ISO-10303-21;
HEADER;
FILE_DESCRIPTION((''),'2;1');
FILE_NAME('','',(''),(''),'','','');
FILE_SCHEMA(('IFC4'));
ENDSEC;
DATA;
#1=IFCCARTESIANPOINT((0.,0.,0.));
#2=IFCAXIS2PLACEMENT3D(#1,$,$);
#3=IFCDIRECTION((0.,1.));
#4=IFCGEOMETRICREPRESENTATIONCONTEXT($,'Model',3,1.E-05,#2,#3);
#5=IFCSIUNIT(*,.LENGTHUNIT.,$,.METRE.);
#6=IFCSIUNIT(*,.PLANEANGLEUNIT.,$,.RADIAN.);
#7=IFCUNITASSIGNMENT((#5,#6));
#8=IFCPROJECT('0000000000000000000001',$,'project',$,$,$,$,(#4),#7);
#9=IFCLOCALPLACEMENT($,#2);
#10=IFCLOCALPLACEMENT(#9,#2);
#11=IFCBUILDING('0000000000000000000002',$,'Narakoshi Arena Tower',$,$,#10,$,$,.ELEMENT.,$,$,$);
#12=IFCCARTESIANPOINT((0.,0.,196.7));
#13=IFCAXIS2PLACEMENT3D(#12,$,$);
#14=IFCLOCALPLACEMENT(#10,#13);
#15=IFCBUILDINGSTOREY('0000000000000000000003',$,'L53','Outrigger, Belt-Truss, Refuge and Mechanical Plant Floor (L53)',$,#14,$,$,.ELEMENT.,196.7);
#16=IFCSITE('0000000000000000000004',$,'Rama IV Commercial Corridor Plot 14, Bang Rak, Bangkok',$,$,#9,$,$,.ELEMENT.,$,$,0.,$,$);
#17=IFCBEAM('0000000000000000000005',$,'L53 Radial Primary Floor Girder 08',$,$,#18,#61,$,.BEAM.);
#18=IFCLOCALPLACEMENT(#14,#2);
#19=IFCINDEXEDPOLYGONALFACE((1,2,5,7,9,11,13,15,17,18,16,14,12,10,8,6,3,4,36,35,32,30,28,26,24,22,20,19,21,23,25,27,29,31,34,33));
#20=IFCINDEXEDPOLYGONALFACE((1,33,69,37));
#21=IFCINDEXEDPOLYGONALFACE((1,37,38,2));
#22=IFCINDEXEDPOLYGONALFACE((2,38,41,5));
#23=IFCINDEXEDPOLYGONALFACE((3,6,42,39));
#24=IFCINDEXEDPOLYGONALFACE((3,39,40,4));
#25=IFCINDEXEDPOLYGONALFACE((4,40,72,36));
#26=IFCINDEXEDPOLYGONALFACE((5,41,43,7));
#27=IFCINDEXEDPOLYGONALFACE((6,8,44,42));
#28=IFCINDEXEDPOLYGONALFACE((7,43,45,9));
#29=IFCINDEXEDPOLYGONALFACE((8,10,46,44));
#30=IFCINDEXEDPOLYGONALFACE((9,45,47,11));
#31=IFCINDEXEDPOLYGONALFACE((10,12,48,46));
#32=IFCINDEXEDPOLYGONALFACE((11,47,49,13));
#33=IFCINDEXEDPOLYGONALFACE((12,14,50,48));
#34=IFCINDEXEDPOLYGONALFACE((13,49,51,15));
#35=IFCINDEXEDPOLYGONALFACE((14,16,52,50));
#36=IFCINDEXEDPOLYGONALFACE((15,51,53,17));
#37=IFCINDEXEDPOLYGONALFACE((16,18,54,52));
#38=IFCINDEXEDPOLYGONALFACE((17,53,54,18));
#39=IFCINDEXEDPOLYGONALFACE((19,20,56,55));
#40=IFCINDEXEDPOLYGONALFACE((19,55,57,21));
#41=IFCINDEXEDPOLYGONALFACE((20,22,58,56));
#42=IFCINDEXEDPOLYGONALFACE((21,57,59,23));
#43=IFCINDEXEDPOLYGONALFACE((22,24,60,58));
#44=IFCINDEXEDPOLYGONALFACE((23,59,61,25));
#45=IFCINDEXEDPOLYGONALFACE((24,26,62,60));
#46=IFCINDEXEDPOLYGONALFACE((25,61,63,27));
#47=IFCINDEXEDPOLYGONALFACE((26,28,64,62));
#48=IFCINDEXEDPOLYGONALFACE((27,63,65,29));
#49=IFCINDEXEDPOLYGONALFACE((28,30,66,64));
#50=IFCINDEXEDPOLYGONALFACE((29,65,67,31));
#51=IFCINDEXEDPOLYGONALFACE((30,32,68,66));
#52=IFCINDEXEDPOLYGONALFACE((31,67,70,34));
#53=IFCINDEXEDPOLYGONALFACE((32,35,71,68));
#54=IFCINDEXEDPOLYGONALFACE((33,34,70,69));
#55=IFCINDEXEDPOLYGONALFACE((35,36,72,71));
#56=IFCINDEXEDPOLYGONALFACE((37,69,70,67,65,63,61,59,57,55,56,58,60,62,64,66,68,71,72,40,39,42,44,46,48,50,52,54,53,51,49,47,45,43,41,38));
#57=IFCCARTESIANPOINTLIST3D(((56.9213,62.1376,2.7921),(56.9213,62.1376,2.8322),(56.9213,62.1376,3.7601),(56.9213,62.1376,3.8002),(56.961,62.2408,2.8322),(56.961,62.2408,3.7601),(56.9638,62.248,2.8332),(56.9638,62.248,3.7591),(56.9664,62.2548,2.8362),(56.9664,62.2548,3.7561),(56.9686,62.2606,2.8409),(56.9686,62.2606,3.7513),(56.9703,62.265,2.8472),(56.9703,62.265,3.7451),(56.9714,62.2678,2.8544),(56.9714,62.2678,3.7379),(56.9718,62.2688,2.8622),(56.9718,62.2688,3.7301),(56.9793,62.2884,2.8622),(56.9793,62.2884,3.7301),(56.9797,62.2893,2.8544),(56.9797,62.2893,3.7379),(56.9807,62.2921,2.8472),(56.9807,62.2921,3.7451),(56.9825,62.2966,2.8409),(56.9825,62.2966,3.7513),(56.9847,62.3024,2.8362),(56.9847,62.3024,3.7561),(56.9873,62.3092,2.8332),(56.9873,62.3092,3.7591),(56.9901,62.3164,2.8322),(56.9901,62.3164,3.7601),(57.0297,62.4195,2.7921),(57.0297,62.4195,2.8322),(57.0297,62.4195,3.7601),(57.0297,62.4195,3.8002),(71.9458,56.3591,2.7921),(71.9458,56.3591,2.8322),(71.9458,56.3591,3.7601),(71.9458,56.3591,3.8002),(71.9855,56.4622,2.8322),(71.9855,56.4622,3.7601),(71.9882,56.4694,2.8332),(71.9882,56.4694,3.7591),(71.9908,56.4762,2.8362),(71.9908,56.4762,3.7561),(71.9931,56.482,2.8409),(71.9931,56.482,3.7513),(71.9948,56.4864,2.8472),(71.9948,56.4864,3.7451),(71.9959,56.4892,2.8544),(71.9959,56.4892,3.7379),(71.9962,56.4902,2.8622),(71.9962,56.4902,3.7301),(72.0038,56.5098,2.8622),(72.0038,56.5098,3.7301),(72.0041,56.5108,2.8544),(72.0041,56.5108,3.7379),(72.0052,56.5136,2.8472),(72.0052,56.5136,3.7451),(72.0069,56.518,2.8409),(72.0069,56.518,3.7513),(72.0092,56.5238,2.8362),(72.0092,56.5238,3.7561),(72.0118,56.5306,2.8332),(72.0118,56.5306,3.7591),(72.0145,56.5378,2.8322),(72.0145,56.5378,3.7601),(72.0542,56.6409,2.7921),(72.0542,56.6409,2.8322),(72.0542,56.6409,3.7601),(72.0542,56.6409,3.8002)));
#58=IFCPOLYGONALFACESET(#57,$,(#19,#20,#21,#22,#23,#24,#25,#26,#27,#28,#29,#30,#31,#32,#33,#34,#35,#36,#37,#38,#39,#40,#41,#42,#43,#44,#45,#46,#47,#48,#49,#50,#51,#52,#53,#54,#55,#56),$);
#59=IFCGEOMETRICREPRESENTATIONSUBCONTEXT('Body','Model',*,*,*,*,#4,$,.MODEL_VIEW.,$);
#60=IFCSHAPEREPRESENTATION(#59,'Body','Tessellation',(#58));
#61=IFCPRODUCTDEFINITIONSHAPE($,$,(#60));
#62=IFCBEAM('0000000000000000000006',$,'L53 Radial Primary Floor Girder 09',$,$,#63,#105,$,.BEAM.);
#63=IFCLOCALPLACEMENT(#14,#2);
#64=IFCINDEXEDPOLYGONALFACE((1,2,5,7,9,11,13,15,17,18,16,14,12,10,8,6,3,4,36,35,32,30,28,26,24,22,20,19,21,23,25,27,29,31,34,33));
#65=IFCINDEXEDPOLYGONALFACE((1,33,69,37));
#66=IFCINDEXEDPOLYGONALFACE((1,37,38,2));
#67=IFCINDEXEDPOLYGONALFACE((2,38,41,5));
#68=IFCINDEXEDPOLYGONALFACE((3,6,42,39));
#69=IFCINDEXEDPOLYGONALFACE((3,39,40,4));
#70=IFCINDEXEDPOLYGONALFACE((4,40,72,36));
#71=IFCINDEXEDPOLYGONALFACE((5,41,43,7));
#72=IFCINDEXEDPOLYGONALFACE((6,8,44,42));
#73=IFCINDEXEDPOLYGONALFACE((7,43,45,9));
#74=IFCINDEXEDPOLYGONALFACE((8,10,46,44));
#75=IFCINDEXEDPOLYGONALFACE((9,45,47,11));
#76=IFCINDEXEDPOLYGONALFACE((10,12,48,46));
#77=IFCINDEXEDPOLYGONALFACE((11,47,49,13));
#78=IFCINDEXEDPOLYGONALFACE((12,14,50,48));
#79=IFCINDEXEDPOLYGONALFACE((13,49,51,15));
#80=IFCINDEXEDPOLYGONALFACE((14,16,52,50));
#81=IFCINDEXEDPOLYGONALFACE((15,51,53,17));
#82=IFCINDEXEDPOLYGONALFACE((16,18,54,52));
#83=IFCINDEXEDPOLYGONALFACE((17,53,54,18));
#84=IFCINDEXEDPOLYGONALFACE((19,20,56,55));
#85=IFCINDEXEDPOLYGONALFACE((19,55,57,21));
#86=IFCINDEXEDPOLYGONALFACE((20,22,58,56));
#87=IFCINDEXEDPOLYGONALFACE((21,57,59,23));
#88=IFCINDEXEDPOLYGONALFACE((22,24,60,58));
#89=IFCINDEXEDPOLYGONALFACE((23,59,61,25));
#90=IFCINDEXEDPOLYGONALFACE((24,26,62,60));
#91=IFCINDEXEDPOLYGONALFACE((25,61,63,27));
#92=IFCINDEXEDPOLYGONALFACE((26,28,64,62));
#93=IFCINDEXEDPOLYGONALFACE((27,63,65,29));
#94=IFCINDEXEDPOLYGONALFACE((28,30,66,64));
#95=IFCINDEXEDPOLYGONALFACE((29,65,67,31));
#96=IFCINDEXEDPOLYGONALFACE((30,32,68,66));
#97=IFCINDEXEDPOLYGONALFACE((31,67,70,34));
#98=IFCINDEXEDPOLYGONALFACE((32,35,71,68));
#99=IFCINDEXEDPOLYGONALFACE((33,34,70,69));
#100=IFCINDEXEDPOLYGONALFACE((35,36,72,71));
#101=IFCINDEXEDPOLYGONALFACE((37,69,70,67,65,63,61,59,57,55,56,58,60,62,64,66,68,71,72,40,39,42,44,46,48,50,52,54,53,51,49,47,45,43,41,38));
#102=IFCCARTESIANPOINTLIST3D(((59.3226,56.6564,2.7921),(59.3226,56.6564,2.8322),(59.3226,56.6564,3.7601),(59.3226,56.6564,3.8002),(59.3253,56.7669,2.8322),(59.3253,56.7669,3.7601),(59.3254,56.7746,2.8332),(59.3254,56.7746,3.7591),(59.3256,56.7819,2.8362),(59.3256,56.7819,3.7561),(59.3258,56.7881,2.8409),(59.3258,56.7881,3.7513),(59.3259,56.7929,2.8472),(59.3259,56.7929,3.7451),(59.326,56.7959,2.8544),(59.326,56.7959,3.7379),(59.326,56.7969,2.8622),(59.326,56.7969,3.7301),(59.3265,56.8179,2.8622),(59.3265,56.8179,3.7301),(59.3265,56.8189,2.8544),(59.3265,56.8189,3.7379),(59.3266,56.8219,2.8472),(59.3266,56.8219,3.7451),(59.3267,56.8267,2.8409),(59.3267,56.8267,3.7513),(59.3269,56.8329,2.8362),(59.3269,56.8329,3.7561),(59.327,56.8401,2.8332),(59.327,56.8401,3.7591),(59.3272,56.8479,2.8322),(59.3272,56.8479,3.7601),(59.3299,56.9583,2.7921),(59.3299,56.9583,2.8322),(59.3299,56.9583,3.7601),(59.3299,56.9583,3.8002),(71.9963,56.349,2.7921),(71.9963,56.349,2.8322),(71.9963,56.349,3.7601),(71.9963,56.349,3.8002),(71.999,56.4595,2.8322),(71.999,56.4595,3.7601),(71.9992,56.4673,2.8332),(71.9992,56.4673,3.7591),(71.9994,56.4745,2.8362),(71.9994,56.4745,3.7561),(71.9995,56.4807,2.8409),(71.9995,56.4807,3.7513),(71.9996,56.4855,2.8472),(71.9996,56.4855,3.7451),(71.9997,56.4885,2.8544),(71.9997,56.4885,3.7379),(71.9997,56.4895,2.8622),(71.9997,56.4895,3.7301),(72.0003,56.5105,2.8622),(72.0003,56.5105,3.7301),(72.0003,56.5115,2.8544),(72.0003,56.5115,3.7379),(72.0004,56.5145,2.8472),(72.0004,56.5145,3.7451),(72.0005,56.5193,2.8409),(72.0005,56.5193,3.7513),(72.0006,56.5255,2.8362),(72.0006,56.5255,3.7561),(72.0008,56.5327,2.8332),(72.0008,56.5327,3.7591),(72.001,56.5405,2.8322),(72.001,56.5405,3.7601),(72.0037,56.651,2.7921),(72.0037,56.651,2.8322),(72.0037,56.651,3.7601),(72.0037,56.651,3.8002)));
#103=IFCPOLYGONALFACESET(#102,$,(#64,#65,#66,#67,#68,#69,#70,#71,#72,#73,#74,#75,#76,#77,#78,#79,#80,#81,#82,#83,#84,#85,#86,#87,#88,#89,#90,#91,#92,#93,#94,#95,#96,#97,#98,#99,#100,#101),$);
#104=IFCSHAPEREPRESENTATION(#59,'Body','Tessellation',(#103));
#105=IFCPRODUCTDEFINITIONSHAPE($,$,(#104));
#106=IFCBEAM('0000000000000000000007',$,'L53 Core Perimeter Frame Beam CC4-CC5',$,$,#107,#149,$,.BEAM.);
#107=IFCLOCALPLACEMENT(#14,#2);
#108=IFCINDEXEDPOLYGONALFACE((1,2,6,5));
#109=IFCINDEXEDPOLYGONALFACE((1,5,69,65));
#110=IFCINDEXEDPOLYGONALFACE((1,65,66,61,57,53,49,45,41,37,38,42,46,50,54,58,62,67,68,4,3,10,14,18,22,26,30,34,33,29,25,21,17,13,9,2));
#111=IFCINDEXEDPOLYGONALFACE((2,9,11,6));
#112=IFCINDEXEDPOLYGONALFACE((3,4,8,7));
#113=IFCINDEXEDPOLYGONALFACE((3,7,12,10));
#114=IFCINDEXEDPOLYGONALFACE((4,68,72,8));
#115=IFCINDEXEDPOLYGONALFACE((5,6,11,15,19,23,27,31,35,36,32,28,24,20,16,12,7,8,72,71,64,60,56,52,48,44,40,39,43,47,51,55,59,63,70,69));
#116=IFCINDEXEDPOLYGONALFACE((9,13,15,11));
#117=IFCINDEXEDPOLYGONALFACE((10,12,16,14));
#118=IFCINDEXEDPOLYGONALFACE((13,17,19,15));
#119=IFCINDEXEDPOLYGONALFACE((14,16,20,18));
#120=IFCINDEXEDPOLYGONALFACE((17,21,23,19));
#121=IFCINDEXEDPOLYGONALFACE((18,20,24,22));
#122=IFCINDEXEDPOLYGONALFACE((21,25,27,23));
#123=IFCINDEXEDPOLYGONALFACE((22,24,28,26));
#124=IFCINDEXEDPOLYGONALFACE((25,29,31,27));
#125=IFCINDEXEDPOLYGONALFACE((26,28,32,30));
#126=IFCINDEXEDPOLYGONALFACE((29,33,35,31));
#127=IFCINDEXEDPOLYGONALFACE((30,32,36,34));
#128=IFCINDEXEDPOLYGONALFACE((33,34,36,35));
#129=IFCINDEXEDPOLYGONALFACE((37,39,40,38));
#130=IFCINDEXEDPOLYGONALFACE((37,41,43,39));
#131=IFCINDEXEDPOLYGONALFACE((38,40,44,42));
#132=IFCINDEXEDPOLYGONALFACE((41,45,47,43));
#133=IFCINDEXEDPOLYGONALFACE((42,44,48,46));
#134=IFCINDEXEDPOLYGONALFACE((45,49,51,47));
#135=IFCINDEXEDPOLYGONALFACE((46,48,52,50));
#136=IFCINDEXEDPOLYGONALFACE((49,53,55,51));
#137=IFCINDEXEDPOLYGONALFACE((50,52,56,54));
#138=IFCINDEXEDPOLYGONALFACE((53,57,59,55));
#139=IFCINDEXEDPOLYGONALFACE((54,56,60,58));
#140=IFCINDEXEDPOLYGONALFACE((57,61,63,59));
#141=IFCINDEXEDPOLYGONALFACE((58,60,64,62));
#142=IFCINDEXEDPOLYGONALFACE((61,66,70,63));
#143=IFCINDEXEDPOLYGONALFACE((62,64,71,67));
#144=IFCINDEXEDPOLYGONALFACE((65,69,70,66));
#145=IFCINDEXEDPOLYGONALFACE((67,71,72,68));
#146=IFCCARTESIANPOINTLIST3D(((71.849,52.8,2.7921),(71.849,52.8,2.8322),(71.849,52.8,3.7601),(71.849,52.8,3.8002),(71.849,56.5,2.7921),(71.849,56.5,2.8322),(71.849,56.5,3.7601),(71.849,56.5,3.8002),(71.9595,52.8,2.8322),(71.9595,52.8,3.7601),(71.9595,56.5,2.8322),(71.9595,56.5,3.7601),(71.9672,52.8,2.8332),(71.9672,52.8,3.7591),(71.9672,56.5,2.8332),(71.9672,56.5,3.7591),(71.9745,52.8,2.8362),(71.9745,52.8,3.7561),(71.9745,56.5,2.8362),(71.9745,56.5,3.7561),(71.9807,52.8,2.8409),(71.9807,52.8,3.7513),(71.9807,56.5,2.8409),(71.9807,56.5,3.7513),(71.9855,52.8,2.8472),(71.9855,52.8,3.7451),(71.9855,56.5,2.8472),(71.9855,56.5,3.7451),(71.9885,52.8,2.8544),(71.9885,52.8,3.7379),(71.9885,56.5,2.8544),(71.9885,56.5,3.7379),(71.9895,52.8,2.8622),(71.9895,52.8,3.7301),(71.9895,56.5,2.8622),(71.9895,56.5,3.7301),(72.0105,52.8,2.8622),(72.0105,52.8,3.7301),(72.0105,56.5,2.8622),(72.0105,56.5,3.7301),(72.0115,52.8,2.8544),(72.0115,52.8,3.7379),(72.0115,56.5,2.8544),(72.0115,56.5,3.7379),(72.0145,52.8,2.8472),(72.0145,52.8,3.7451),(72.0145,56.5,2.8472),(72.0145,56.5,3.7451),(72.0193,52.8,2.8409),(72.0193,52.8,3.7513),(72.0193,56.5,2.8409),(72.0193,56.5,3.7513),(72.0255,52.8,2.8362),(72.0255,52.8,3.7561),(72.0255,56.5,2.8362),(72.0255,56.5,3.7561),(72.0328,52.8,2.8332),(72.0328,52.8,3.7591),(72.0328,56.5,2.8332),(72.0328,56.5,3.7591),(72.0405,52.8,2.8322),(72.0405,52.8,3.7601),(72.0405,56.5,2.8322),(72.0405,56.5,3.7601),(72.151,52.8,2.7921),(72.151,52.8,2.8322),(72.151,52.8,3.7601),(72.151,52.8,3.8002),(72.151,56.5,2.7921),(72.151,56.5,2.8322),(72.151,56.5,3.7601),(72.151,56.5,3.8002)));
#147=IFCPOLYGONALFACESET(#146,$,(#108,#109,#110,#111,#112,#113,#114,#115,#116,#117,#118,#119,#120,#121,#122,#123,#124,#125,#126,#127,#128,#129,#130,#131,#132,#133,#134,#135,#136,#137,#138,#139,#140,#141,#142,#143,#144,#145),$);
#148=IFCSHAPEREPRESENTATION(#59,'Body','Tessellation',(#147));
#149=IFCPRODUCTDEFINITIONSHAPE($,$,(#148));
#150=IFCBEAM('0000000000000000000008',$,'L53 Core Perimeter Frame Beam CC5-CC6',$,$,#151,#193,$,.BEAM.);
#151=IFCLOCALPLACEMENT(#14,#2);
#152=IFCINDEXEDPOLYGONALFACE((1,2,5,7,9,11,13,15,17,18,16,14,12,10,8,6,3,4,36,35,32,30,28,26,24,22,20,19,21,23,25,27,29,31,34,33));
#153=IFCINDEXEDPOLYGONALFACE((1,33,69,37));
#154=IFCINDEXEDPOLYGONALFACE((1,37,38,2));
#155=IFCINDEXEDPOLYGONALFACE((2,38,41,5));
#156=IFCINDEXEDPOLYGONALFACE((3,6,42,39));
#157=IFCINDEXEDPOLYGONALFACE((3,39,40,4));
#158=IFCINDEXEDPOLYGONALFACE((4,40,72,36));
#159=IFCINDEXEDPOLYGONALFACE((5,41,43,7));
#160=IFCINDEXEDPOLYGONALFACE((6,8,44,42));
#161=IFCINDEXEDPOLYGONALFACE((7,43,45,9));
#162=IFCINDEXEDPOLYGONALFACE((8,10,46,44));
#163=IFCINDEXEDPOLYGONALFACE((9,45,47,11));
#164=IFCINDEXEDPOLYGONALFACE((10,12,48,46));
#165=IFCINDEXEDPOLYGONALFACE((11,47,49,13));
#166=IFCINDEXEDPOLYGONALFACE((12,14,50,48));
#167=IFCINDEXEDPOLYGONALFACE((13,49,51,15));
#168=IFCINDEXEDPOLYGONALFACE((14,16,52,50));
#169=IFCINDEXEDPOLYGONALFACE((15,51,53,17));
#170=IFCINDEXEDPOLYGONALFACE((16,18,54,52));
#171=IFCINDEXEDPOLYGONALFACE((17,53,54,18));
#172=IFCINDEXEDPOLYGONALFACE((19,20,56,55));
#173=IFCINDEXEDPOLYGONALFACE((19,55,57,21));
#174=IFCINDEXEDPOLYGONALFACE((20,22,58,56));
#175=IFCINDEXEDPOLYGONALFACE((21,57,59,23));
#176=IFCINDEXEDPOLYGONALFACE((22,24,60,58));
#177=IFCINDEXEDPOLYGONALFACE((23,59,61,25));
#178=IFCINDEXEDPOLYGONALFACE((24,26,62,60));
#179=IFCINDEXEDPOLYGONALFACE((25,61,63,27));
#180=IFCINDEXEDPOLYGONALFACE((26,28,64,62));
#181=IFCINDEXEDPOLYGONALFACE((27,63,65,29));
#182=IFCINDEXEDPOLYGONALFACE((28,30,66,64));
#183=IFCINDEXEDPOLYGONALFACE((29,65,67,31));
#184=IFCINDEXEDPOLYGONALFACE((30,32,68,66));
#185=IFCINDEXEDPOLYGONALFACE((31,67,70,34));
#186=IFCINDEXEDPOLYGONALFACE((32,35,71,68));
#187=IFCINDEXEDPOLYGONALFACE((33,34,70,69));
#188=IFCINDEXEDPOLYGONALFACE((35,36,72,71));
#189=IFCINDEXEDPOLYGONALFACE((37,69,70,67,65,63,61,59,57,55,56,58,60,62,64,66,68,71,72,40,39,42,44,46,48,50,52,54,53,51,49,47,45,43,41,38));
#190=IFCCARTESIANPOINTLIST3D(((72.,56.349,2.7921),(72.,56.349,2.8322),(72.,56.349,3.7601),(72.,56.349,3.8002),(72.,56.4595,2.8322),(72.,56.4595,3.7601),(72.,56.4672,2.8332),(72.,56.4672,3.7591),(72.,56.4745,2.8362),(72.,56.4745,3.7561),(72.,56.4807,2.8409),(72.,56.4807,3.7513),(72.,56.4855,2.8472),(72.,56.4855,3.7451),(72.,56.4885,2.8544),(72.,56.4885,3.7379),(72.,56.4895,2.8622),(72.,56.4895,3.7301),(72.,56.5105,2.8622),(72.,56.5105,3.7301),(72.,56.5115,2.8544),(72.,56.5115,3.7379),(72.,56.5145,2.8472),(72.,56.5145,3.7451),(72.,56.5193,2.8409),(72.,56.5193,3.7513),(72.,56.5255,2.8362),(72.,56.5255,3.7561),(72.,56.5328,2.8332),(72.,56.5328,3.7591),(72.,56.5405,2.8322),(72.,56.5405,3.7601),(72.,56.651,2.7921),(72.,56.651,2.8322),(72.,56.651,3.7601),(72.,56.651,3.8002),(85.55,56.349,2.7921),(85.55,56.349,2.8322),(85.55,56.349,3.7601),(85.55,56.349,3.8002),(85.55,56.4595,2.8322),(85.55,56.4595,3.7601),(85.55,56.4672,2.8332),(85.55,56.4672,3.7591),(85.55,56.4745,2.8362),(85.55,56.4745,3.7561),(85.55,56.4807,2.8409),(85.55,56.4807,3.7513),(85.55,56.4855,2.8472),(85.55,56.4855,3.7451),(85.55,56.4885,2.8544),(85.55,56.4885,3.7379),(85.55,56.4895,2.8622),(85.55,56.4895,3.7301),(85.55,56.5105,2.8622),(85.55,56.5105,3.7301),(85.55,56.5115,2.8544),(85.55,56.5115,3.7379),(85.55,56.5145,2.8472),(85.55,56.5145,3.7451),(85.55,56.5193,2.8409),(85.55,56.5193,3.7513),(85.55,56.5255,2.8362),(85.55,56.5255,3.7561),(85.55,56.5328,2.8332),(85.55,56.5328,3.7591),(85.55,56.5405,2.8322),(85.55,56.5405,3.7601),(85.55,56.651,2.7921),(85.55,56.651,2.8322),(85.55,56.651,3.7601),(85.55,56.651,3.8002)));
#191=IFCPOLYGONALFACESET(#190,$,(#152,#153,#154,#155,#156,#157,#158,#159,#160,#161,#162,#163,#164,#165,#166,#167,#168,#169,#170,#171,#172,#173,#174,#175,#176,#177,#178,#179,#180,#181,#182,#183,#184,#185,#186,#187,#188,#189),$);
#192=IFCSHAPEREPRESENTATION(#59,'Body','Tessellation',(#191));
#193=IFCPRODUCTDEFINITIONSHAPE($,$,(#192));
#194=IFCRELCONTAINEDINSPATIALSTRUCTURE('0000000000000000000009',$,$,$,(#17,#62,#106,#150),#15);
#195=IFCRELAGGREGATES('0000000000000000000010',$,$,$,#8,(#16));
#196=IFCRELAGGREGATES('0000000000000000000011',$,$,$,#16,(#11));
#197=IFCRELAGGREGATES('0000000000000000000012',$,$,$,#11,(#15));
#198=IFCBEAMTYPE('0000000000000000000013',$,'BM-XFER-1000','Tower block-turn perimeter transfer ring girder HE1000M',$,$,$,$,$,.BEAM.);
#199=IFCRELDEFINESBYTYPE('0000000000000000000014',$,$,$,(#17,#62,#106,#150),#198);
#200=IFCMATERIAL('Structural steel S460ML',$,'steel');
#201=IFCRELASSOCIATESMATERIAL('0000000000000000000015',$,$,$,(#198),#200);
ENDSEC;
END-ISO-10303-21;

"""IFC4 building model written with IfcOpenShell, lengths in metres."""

from ifc_helpers import new_model, si_unit, direction, frame, origin, origin_2d, place, context, subcontext, project, spatial, i_section, extrude, material, material_profile, profile_set, type_object, element, save


model = new_model("IFC4")

# Units and contexts
model_context = context("Model", 3, precision=1e-05, world=origin(), true_north=direction((0.0, 1.0)))
body_context = subcontext(model_context, "Body", "Model", "MODEL_VIEW")
ifc_project = project(units=[si_unit("LENGTHUNIT", "METRE"), si_unit("PLANEANGLEUNIT", "RADIAN")], contexts=[model_context])

# Site, building, storey
site_placement = place(None, origin())
site = spatial("IfcSite", under=ifc_project, at=site_placement, Name="Rama IV Commercial Corridor Plot 14, Bang Rak, Bangkok", CompositionType="ELEMENT", RefElevation=0.0)
building_placement = place(site_placement, origin())
building = spatial("IfcBuilding", under=site, at=building_placement, Name="Narakoshi Arena Tower", CompositionType="ELEMENT")
storey_placement = place(building_placement, frame((0.0, 0.0, 196.7)))
storey = spatial("IfcBuildingStorey", under=building, at=storey_placement, Name="L53", Description="Outrigger, Belt-Truss, Refuge and Mechanical Plant Floor (L53)", CompositionType="ELEMENT", Elevation=196.7)

# Beams
ifc_material_1 = material(Name="Structural steel S460ML", Category="steel")
ifc_material_profile_1 = material_profile(ifc_material_1, i_section(OverallWidth=0.302, OverallDepth=1.0081, WebThickness=0.021, FlangeThickness=0.04, FilletRadius=0.03, at=origin_2d()), Name="HE1000M")
ifc_profile_set_1 = profile_set([ifc_material_profile_1], Name="Structural steel S460ML")
beam_type = type_object("IfcBeamType", Name="BM-XFER-1000", Description="Tower block-turn perimeter transfer ring girder HE1000M", PredefinedType="BEAM", material=ifc_profile_set_1)
beam_1_placement = place(storey_placement, frame((72.0, 56.5, 3.2961), z_axis=(-0.933347, 0.358976, 0.0), x_axis=(-0.358976, -0.933347, 0.0)))
element("IfcBeam", 1, at=beam_1_placement, inside=storey, type_object=beam_type, Name="L53 Radial Primary Floor Girder 08", PredefinedType="BEAM", context=body_context, shape_type="SweptSolid", body=[
    extrude(i_section(OverallWidth=0.302, OverallDepth=1.0081, WebThickness=0.021, FlangeThickness=0.04, FilletRadius=0.03, at=origin_2d()), origin(), (0.0, 0.0, 1.0), 16.0974),
])
beam_2_placement = place(storey_placement, frame((72.0, 56.5, 3.2961), z_axis=(-0.999706, 0.024245, 0.0), x_axis=(-0.024245, -0.999706, 0.0)))
element("IfcBeam", 2, at=beam_2_placement, inside=storey, type_object=beam_type, Name="L53 Radial Primary Floor Girder 09", PredefinedType="BEAM", context=body_context, shape_type="SweptSolid", body=[
    extrude(i_section(OverallWidth=0.302, OverallDepth=1.0081, WebThickness=0.021, FlangeThickness=0.04, FilletRadius=0.03, at=origin_2d()), origin(), (0.0, 0.0, 1.0), 12.6775),
])
beam_3_placement = place(storey_placement, frame((72.0, 52.8, 3.2961), z_axis=(0.0, 1.0, 0.0), x_axis=(-1.0, 0.0, 0.0)))
element("IfcBeam", 3, at=beam_3_placement, inside=storey, type_object=beam_type, Name="L53 Core Perimeter Frame Beam CC4-CC5", PredefinedType="BEAM", context=body_context, shape_type="SweptSolid", body=[
    extrude(i_section(OverallWidth=0.302, OverallDepth=1.0081, WebThickness=0.021, FlangeThickness=0.04, FilletRadius=0.03, at=origin_2d()), origin(), (0.0, 0.0, 1.0), 3.7),
])
beam_4_placement = place(storey_placement, frame((72.0, 56.5, 3.2961), z_axis=(1.0, 0.0, 0.0), x_axis=(0.0, 1.0, 0.0)))
element("IfcBeam", 4, at=beam_4_placement, inside=storey, type_object=beam_type, Name="L53 Core Perimeter Frame Beam CC5-CC6", PredefinedType="BEAM", context=body_context, shape_type="SweptSolid", body=[
    extrude(i_section(OverallWidth=0.302, OverallDepth=1.0081, WebThickness=0.021, FlangeThickness=0.04, FilletRadius=0.03, at=origin_2d()), origin(), (0.0, 0.0, 1.0), 13.55),
])

save(model, "model.ifc")
